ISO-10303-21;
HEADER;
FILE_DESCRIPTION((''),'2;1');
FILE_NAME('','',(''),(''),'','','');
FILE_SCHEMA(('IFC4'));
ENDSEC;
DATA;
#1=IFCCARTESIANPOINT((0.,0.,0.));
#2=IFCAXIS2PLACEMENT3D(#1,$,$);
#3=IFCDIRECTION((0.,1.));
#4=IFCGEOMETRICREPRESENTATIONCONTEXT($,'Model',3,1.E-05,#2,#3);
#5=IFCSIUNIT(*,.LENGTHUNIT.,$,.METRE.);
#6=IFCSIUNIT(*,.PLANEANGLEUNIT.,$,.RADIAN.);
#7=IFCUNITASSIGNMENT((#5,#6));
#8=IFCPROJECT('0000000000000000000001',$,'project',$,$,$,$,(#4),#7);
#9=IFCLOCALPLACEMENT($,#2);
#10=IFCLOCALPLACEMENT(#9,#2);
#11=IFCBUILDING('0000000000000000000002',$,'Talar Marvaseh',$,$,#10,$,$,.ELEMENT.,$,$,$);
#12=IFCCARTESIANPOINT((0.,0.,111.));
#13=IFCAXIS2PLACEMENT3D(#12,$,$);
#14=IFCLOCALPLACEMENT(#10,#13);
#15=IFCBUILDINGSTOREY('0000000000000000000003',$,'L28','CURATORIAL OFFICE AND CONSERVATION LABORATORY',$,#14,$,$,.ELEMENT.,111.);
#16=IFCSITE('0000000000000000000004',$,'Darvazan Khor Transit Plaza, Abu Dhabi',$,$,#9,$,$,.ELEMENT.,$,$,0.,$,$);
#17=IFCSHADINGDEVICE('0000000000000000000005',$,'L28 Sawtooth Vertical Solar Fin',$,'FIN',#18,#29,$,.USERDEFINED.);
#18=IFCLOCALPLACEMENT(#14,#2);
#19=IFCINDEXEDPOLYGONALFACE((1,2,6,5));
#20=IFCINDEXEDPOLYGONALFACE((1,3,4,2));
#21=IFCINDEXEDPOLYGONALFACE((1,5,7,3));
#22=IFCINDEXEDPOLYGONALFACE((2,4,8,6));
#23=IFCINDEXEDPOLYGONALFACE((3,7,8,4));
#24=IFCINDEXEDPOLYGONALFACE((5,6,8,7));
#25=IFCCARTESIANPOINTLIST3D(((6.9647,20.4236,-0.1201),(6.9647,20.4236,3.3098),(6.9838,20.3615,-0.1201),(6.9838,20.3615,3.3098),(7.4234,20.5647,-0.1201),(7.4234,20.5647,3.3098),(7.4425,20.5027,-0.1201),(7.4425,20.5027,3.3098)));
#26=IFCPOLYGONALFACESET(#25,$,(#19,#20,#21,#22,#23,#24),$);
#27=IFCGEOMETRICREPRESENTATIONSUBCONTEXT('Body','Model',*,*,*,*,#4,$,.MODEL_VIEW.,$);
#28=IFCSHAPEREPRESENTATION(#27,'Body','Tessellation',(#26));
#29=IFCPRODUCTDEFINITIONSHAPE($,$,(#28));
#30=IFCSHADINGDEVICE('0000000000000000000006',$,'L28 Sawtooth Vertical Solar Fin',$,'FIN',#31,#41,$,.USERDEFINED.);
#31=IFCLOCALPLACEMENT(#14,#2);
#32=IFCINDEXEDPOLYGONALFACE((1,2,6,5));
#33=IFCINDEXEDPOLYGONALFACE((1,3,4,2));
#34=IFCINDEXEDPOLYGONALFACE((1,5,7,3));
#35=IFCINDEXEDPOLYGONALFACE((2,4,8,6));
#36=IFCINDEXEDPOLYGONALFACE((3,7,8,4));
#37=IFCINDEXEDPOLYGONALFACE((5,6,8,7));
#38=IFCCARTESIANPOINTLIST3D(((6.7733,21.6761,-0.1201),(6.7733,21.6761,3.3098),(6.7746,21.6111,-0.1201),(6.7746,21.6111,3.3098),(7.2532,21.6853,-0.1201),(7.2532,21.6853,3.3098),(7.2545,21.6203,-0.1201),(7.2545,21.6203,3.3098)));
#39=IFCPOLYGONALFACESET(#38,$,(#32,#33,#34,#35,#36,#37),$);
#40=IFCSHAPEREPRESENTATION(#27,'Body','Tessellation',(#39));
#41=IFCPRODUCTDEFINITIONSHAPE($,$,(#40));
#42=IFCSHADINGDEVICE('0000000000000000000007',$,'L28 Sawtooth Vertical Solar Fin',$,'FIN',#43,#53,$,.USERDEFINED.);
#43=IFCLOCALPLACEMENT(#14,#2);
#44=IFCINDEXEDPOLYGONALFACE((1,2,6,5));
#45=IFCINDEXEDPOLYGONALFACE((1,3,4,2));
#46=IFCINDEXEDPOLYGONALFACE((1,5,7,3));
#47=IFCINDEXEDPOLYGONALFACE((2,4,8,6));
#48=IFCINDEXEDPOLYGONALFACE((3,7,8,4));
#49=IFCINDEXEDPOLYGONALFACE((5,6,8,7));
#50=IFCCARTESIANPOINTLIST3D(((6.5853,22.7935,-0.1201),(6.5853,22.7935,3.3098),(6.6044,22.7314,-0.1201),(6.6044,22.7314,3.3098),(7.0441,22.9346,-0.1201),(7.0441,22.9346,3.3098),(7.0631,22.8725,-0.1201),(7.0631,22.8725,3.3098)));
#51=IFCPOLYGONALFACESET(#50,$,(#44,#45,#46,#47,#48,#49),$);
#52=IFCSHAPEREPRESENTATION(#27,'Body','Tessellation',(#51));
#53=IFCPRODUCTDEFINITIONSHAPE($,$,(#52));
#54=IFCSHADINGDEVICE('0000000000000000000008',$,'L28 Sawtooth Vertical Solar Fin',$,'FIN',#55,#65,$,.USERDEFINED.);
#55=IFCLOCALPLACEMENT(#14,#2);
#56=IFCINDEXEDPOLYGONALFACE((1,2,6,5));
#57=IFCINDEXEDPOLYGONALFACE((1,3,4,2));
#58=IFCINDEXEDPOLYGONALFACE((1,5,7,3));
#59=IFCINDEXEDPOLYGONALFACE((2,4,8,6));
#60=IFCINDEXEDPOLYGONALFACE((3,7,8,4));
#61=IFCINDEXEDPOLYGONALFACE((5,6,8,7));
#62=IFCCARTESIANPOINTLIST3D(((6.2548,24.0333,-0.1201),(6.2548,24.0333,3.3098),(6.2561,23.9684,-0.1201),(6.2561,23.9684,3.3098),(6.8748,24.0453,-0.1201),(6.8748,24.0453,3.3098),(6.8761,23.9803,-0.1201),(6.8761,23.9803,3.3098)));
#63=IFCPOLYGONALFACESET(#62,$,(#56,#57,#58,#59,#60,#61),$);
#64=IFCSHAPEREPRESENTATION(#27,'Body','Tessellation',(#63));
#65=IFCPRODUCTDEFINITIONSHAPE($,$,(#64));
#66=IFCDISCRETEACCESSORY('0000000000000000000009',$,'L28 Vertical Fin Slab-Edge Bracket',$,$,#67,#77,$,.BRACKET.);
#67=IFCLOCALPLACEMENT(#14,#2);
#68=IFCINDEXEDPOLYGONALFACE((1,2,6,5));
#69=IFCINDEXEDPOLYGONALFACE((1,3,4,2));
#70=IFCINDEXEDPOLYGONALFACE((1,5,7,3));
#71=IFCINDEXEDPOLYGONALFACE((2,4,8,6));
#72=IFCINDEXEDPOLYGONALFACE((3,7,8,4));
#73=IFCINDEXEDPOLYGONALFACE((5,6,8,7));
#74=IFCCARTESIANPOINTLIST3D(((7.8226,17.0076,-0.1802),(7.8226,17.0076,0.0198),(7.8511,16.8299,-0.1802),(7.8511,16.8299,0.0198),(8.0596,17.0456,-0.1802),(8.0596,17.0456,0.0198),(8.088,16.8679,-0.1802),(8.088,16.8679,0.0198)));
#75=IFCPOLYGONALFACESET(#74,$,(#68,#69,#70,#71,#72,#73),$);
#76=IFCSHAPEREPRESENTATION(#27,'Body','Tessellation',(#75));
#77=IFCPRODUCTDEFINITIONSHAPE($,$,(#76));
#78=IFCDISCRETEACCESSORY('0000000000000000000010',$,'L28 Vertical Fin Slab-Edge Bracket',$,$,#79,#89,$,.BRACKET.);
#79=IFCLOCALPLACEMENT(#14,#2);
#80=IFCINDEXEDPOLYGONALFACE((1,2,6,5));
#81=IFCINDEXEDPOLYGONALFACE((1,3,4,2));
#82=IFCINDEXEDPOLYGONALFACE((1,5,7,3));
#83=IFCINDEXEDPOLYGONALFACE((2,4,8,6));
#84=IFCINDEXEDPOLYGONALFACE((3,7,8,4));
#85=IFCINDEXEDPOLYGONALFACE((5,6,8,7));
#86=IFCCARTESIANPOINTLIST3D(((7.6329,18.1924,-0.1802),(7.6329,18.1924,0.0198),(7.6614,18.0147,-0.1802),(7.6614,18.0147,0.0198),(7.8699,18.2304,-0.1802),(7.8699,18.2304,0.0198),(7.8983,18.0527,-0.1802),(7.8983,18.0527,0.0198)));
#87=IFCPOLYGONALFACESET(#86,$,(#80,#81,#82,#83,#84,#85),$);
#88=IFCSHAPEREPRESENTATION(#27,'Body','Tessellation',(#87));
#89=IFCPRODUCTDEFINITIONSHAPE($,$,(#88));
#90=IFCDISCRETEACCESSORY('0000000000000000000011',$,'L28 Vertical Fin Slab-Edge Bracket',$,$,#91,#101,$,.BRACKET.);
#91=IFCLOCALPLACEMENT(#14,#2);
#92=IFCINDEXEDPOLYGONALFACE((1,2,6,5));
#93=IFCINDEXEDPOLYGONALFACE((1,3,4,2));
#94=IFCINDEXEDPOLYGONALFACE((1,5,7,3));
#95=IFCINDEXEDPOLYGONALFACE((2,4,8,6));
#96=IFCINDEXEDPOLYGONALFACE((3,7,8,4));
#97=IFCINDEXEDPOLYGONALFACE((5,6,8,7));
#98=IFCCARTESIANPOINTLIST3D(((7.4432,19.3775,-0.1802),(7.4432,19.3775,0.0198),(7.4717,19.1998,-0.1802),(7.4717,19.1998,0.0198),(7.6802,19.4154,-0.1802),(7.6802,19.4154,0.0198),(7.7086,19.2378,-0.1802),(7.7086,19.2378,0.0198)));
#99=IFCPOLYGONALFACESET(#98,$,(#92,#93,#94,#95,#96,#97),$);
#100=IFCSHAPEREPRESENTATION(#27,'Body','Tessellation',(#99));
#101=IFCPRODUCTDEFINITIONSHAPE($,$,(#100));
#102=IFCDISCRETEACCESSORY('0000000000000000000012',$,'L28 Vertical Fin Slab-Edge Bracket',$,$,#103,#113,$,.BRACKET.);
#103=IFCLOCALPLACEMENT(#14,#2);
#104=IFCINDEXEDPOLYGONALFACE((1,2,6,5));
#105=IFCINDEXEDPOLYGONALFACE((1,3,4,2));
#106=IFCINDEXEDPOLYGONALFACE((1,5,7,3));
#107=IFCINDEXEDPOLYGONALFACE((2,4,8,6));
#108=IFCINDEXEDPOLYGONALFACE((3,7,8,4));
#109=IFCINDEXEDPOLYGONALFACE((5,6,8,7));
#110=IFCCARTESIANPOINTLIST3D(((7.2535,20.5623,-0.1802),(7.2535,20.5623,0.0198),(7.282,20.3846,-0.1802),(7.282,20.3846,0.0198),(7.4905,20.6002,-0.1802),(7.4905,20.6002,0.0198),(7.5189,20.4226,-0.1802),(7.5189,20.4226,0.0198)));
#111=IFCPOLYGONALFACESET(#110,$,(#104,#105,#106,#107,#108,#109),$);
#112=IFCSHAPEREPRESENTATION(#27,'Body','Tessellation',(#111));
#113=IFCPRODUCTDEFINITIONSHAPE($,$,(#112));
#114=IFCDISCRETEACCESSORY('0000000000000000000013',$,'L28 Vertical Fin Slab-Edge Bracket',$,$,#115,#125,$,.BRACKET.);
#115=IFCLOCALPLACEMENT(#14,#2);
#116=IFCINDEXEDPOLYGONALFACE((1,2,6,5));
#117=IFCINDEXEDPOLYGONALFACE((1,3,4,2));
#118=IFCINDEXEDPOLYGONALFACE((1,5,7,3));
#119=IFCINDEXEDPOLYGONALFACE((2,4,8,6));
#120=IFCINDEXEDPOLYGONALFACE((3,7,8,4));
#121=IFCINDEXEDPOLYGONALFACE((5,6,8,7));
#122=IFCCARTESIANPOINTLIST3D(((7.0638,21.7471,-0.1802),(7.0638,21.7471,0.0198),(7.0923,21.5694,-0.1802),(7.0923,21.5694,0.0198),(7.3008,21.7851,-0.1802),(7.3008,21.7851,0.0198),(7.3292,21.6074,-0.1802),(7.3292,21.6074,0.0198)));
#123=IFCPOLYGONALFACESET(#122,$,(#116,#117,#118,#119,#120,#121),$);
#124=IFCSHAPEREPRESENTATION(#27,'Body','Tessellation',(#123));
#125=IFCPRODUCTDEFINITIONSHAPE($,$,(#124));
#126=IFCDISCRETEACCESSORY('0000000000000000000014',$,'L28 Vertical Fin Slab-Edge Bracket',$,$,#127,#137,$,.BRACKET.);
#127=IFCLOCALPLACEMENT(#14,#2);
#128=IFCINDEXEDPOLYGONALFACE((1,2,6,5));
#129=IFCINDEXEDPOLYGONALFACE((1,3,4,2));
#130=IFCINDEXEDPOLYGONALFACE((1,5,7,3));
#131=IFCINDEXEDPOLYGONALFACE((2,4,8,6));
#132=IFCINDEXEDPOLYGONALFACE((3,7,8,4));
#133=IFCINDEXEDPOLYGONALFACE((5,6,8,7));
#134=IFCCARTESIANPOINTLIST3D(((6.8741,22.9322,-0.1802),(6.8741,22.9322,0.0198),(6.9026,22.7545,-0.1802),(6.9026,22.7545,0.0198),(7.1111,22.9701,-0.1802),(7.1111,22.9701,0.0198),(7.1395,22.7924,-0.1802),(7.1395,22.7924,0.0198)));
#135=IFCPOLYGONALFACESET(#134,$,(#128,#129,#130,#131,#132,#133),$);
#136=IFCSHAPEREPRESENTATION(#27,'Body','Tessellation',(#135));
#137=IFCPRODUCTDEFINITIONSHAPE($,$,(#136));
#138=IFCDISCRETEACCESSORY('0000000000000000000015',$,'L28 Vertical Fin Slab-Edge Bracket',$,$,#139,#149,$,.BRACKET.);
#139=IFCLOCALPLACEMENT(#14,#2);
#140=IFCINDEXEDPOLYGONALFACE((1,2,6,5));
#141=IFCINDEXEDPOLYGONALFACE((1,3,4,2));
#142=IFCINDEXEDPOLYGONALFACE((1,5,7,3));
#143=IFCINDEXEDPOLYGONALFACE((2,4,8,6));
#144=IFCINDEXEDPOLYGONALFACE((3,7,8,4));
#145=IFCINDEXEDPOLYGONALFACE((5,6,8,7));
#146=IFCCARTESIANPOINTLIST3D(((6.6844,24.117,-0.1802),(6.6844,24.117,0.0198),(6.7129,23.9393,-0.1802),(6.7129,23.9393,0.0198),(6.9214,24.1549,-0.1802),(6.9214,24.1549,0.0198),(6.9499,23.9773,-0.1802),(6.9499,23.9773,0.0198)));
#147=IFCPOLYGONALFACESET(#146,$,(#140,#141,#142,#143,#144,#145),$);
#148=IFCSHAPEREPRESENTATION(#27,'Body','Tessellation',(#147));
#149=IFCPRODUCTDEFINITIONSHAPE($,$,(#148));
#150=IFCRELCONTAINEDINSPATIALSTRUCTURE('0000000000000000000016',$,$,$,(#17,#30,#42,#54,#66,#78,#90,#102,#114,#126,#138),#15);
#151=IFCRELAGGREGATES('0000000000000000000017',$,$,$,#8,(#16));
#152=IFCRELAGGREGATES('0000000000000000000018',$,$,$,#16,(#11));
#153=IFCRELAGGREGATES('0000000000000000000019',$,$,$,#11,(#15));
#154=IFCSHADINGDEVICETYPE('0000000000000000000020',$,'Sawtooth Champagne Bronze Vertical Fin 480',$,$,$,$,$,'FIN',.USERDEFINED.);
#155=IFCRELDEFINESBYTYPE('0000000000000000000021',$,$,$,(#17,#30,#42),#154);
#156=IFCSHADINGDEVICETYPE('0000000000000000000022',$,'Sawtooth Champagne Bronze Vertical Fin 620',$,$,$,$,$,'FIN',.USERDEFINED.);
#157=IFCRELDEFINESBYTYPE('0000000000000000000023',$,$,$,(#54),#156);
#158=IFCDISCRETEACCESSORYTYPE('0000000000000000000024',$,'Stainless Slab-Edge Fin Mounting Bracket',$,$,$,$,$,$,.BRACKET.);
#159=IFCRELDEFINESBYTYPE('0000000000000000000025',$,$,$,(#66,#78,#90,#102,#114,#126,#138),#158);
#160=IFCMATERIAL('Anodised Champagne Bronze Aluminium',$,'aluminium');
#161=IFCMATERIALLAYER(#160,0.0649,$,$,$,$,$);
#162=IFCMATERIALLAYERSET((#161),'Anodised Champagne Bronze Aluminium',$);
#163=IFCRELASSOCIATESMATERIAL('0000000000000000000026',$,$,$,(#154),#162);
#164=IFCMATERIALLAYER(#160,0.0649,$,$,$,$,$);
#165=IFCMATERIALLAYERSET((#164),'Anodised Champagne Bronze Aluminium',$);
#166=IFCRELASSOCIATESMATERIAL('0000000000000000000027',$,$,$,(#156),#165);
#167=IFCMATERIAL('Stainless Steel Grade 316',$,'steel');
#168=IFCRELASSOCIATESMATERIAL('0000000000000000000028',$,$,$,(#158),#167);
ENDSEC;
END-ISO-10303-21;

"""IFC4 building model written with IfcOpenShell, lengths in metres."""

from ifc_helpers import new_model, si_unit, direction, frame, origin, origin_2d, place, context, subcontext, project, spatial, rectangle, extrude, source, transform, mapped, material, layer, layer_set, type_object, type_shapes, element, save


model = new_model("IFC4")

# Units and contexts
model_context = context("Model", 3, precision=1e-05, world=origin(), true_north=direction((0.0, 1.0)))
body_context = subcontext(model_context, "Body", "Model", "MODEL_VIEW")
ifc_project = project(units=[si_unit("LENGTHUNIT", "METRE"), si_unit("PLANEANGLEUNIT", "RADIAN")], contexts=[model_context])

# Site, building, storey
site_placement = place(None, origin())
site = spatial("IfcSite", under=ifc_project, at=site_placement, Name="Darvazan Khor Transit Plaza, Abu Dhabi", CompositionType="ELEMENT", RefElevation=0.0)
building_placement = place(site_placement, origin())
building = spatial("IfcBuilding", under=site, at=building_placement, Name="Talar Marvaseh", CompositionType="ELEMENT")
storey_placement = place(building_placement, frame((0.0, 0.0, 111.0)))
storey = spatial("IfcBuildingStorey", under=building, at=storey_placement, Name="L28", Description="CURATORIAL OFFICE AND CONSERVATION LABORATORY", CompositionType="ELEMENT", Elevation=111.0)

# Shading devices
ifc_material_1 = material(Name="Anodised Champagne Bronze Aluminium", Category="aluminium")
ifc_layer_1 = layer(ifc_material_1, 0.0649)
ifc_layer_set_1 = layer_set([ifc_layer_1], Name="Anodised Champagne Bronze Aluminium")
shading_device_type_1 = type_object("IfcShadingDeviceType", Name="Sawtooth Champagne Bronze Vertical Fin 480", ElementType="FIN", PredefinedType="USERDEFINED", material=ifc_layer_set_1)
shared_shape_1 = source(origin(), body_context, "Body", "SweptSolid", [
    extrude(rectangle(XDim=0.48, YDim=0.0649, at=origin_2d()), origin(), (0.0, 0.0, 1.0), 3.4299),
])
type_shapes(shading_device_type_1, [shared_shape_1])
for number, where, z_axis, x_axis, name in (
    (1, (7.2036, 20.4631, -0.1201), (0.0, 0.0, 1.0), (-0.955793, -0.29404, 0.0), "L28 Sawtooth Vertical Solar Fin"),
    (2, (7.0139, 21.6482, -0.1201), (0.0, 0.0, 1.0), (-0.999816, -0.019197, 0.0), "L28 Sawtooth Vertical Solar Fin"),
    (3, (6.8242, 22.833, -0.1201), (0.0, 0.0, 1.0), (-0.955793, -0.29404, 0.0), "L28 Sawtooth Vertical Solar Fin"),
):
    element("IfcShadingDevice", number, at=place(storey_placement, frame(where, z_axis=z_axis, x_axis=x_axis)), inside=storey, type_object=shading_device_type_1, Name=name, ObjectType="FIN", PredefinedType="USERDEFINED", context=body_context, shape_type="MappedRepresentation", body=[
        mapped(shared_shape_1, transform((0.0, 0.0, 0.0), x_axis=(1.0, 0.0, 0.0), y_axis=(0.0, 1.0, 0.0), z_axis=(0.0, 0.0, 1.0), scale=1.0)),
    ])
ifc_layer_2 = layer(ifc_material_1, 0.0649)
ifc_layer_set_2 = layer_set([ifc_layer_2], Name="Anodised Champagne Bronze Aluminium")
shading_device_type_2 = type_object("IfcShadingDeviceType", Name="Sawtooth Champagne Bronze Vertical Fin 620", ElementType="FIN", PredefinedType="USERDEFINED", material=ifc_layer_set_2)
shared_shape_2 = source(origin(), body_context, "Body", "SweptSolid", [
    extrude(rectangle(XDim=0.6201, YDim=0.0649, at=origin_2d()), origin(), (0.0, 0.0, 1.0), 3.4299),
])
type_shapes(shading_device_type_2, [shared_shape_2])
shading_device_placement = place(storey_placement, frame((6.5654, 24.0068, -0.1201), z_axis=(0.0, 0.0, 1.0), x_axis=(-0.999816, -0.019197, 0.0)))
element("IfcShadingDevice", 4, at=shading_device_placement, inside=storey, type_object=shading_device_type_2, Name="L28 Sawtooth Vertical Solar Fin", ObjectType="FIN", PredefinedType="USERDEFINED", context=body_context, shape_type="MappedRepresentation", body=[
    mapped(shared_shape_2, transform((0.0, 0.0, 0.0), x_axis=(1.0, 0.0, 0.0), y_axis=(0.0, 1.0, 0.0), z_axis=(0.0, 0.0, 1.0), scale=1.0)),
])

# Discrete accessories
ifc_material_2 = material(Name="Stainless Steel Grade 316", Category="steel")
discrete_accessory_type = type_object("IfcDiscreteAccessoryType", Name="Stainless Slab-Edge Fin Mounting Bracket", PredefinedType="BRACKET", material=ifc_material_2)
shared_shape_3 = source(origin(), body_context, "Body", "SweptSolid", [
    extrude(rectangle(XDim=0.24, YDim=0.1799, at=origin_2d()), origin(), (0.0, 0.0, 1.0), 0.2),
])
type_shapes(discrete_accessory_type, [shared_shape_3])
for number, where, z_axis, x_axis, name in (
    (5, (7.9553, 16.9377, -0.1802), (0.0, 0.0, 1.0), (-0.987414, -0.158158, 0.0), "L28 Vertical Fin Slab-Edge Bracket"),
    (6, (7.7656, 18.1226, -0.1802), (0.0, 0.0, 1.0), (-0.987414, -0.158158, 0.0), "L28 Vertical Fin Slab-Edge Bracket"),
    (7, (7.5759, 19.3076, -0.1802), (0.0, 0.0, 1.0), (-0.987414, -0.158158, 0.0), "L28 Vertical Fin Slab-Edge Bracket"),
    (8, (7.3862, 20.4924, -0.1802), (0.0, 0.0, 1.0), (-0.987414, -0.158158, 0.0), "L28 Vertical Fin Slab-Edge Bracket"),
    (9, (7.1965, 21.6772, -0.1802), (0.0, 0.0, 1.0), (-0.987414, -0.158158, 0.0), "L28 Vertical Fin Slab-Edge Bracket"),
    (10, (7.0068, 22.8623, -0.1802), (0.0, 0.0, 1.0), (-0.987414, -0.158158, 0.0), "L28 Vertical Fin Slab-Edge Bracket"),
    (11, (6.8171, 24.0471, -0.1802), (0.0, 0.0, 1.0), (-0.987414, -0.158158, 0.0), "L28 Vertical Fin Slab-Edge Bracket"),
):
    element("IfcDiscreteAccessory", number, at=place(storey_placement, frame(where, z_axis=z_axis, x_axis=x_axis)), inside=storey, type_object=discrete_accessory_type, Name=name, PredefinedType="BRACKET", context=body_context, shape_type="MappedRepresentation", body=[
        mapped(shared_shape_3, transform((0.0, 0.0, 0.0), x_axis=(1.0, 0.0, 0.0), y_axis=(0.0, 1.0, 0.0), z_axis=(0.0, 0.0, 1.0), scale=1.0)),
    ])

save(model, "model.ifc")
